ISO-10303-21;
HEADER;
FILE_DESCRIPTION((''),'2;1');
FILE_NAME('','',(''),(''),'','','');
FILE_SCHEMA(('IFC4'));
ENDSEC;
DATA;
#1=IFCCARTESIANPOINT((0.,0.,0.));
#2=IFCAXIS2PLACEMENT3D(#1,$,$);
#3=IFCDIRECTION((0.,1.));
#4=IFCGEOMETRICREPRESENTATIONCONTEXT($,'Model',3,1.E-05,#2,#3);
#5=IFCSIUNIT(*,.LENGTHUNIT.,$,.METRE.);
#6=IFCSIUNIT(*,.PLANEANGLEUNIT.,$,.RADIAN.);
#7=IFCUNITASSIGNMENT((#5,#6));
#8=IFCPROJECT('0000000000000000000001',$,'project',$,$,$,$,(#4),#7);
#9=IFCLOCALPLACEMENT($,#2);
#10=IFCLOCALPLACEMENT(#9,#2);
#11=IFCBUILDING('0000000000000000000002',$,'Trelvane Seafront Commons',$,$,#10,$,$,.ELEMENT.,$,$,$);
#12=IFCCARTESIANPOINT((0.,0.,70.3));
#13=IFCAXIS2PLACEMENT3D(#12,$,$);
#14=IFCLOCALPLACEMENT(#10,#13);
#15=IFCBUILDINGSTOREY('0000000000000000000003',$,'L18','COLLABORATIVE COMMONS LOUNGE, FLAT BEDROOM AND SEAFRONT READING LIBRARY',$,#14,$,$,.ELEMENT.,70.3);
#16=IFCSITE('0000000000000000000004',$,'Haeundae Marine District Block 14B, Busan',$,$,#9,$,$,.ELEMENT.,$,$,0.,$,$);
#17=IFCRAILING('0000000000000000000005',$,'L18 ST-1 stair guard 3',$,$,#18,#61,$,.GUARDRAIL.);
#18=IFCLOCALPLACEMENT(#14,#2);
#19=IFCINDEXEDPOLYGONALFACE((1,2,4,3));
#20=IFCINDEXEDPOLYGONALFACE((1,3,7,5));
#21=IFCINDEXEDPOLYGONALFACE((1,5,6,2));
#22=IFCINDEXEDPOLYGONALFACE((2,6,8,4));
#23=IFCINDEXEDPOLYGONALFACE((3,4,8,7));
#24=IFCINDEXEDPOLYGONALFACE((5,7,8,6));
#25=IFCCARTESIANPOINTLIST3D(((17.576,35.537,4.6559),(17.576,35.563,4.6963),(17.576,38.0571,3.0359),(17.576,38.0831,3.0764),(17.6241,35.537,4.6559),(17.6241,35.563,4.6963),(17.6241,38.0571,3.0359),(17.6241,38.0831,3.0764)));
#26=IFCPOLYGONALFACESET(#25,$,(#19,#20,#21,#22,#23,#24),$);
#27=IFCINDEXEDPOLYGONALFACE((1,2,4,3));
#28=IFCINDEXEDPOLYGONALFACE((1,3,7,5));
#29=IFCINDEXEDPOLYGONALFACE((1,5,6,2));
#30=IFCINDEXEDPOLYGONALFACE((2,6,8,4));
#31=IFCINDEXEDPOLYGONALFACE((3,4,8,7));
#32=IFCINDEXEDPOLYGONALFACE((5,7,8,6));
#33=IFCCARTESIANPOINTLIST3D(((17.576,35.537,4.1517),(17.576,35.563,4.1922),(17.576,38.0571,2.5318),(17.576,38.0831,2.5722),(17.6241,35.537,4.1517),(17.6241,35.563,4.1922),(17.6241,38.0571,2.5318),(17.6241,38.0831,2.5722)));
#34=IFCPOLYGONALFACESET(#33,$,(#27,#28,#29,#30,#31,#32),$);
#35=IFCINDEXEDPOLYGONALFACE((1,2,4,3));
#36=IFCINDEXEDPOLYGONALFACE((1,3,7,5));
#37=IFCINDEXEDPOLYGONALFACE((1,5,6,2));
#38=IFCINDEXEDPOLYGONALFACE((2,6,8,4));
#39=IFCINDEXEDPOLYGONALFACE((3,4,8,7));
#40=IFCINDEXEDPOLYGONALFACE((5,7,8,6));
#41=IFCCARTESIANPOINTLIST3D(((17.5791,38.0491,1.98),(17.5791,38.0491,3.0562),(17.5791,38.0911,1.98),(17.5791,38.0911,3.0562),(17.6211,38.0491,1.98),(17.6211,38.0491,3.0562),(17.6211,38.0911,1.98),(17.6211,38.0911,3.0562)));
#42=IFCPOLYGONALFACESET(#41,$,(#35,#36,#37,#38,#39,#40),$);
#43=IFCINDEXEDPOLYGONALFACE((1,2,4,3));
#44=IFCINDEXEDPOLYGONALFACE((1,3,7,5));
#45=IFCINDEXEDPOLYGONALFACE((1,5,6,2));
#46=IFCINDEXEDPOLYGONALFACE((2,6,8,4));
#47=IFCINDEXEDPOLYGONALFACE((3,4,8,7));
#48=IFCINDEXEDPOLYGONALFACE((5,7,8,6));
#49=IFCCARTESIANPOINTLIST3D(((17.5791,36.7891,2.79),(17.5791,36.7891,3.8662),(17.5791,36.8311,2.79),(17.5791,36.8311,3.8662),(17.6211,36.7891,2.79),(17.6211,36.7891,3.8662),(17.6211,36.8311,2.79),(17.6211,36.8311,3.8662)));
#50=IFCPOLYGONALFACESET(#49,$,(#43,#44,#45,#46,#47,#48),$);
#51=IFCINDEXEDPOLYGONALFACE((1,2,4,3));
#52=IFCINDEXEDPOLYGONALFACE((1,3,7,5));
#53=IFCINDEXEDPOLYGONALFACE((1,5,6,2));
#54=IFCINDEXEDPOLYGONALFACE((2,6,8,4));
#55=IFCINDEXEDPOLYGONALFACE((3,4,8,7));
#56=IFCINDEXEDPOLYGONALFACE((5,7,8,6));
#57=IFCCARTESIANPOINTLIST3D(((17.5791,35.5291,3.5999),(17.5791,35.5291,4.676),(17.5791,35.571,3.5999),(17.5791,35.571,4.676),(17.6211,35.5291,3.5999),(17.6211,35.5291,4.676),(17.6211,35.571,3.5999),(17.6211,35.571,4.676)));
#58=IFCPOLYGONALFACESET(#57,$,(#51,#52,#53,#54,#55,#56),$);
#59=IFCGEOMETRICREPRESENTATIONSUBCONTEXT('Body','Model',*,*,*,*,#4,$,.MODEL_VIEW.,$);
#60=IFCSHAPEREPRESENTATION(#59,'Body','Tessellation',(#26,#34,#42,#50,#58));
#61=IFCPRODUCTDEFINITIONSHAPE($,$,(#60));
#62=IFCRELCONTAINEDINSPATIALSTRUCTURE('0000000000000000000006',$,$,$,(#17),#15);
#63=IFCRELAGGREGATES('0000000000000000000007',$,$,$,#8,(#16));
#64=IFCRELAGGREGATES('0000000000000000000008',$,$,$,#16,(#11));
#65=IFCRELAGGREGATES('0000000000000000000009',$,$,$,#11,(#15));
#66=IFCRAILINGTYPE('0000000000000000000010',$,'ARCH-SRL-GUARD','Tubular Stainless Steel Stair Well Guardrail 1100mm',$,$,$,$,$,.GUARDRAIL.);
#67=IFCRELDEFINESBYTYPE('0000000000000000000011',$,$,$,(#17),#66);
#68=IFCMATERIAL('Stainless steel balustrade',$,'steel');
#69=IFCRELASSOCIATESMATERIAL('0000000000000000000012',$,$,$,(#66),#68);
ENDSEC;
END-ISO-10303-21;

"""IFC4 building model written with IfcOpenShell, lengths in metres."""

from ifc_helpers import new_model, si_unit, direction, frame, origin, origin_2d, place, context, subcontext, project, spatial, rectangle, extrude, material, type_object, element, save


model = new_model("IFC4")

# Units and contexts
model_context = context("Model", 3, precision=1e-05, world=origin(), true_north=direction((0.0, 1.0)))
body_context = subcontext(model_context, "Body", "Model", "MODEL_VIEW")
ifc_project = project(units=[si_unit("LENGTHUNIT", "METRE"), si_unit("PLANEANGLEUNIT", "RADIAN")], contexts=[model_context])

# Site, building, storey
site_placement = place(None, origin())
site = spatial("IfcSite", under=ifc_project, at=site_placement, Name="Haeundae Marine District Block 14B, Busan", CompositionType="ELEMENT", RefElevation=0.0)
building_placement = place(site_placement, origin())
building = spatial("IfcBuilding", under=site, at=building_placement, Name="Trelvane Seafront Commons", CompositionType="ELEMENT")
storey_placement = place(building_placement, frame((0.0, 0.0, 70.3)))
storey = spatial("IfcBuildingStorey", under=building, at=storey_placement, Name="L18", Description="COLLABORATIVE COMMONS LOUNGE, FLAT BEDROOM AND SEAFRONT READING LIBRARY", CompositionType="ELEMENT", Elevation=70.3)

# Railing
ifc_material_1 = material(Name="Stainless steel balustrade", Category="steel")
railing_type = type_object("IfcRailingType", Name="ARCH-SRL-GUARD", Description="Tubular Stainless Steel Stair Well Guardrail 1100mm", PredefinedType="GUARDRAIL", material=ifc_material_1)
railing_1_placement = place(storey_placement, frame((17.6001, 38.0701, 1.98)))
element("IfcRailing", 1, at=railing_1_placement, inside=storey, type_object=railing_type, Name="L18 ST-1 stair guard 3", PredefinedType="GUARDRAIL", context=body_context, shape_type="SweptSolid", body=[
    extrude(rectangle(XDim=0.0481, YDim=0.0481, at=origin_2d()), frame((0.0, 0.0, 1.0762), z_axis=(0.0, -0.8412, 0.540725), x_axis=(1.0, 0.0, 0.0)), (0.0, 0.0, 1.0), 2.9958),
    extrude(rectangle(XDim=0.0481, YDim=0.0481, at=origin_2d()), frame((0.0, 0.0, 0.572), z_axis=(0.0, -0.8412, 0.540725), x_axis=(1.0, 0.0, 0.0)), (0.0, 0.0, 1.0), 2.9958),
    extrude(rectangle(XDim=0.042, YDim=0.042, at=origin_2d()), origin(), (0.0, 0.0, 1.0), 1.0762),
    extrude(rectangle(XDim=0.042, YDim=0.042, at=origin_2d()), frame((0.0, -1.26, 0.8101)), (0.0, 0.0, 1.0), 1.0762),
    extrude(rectangle(XDim=0.042, YDim=0.042, at=origin_2d()), frame((0.0, -2.52, 1.6199)), (0.0, 0.0, 1.0), 1.0762),
])

save(model, "model.ifc")
